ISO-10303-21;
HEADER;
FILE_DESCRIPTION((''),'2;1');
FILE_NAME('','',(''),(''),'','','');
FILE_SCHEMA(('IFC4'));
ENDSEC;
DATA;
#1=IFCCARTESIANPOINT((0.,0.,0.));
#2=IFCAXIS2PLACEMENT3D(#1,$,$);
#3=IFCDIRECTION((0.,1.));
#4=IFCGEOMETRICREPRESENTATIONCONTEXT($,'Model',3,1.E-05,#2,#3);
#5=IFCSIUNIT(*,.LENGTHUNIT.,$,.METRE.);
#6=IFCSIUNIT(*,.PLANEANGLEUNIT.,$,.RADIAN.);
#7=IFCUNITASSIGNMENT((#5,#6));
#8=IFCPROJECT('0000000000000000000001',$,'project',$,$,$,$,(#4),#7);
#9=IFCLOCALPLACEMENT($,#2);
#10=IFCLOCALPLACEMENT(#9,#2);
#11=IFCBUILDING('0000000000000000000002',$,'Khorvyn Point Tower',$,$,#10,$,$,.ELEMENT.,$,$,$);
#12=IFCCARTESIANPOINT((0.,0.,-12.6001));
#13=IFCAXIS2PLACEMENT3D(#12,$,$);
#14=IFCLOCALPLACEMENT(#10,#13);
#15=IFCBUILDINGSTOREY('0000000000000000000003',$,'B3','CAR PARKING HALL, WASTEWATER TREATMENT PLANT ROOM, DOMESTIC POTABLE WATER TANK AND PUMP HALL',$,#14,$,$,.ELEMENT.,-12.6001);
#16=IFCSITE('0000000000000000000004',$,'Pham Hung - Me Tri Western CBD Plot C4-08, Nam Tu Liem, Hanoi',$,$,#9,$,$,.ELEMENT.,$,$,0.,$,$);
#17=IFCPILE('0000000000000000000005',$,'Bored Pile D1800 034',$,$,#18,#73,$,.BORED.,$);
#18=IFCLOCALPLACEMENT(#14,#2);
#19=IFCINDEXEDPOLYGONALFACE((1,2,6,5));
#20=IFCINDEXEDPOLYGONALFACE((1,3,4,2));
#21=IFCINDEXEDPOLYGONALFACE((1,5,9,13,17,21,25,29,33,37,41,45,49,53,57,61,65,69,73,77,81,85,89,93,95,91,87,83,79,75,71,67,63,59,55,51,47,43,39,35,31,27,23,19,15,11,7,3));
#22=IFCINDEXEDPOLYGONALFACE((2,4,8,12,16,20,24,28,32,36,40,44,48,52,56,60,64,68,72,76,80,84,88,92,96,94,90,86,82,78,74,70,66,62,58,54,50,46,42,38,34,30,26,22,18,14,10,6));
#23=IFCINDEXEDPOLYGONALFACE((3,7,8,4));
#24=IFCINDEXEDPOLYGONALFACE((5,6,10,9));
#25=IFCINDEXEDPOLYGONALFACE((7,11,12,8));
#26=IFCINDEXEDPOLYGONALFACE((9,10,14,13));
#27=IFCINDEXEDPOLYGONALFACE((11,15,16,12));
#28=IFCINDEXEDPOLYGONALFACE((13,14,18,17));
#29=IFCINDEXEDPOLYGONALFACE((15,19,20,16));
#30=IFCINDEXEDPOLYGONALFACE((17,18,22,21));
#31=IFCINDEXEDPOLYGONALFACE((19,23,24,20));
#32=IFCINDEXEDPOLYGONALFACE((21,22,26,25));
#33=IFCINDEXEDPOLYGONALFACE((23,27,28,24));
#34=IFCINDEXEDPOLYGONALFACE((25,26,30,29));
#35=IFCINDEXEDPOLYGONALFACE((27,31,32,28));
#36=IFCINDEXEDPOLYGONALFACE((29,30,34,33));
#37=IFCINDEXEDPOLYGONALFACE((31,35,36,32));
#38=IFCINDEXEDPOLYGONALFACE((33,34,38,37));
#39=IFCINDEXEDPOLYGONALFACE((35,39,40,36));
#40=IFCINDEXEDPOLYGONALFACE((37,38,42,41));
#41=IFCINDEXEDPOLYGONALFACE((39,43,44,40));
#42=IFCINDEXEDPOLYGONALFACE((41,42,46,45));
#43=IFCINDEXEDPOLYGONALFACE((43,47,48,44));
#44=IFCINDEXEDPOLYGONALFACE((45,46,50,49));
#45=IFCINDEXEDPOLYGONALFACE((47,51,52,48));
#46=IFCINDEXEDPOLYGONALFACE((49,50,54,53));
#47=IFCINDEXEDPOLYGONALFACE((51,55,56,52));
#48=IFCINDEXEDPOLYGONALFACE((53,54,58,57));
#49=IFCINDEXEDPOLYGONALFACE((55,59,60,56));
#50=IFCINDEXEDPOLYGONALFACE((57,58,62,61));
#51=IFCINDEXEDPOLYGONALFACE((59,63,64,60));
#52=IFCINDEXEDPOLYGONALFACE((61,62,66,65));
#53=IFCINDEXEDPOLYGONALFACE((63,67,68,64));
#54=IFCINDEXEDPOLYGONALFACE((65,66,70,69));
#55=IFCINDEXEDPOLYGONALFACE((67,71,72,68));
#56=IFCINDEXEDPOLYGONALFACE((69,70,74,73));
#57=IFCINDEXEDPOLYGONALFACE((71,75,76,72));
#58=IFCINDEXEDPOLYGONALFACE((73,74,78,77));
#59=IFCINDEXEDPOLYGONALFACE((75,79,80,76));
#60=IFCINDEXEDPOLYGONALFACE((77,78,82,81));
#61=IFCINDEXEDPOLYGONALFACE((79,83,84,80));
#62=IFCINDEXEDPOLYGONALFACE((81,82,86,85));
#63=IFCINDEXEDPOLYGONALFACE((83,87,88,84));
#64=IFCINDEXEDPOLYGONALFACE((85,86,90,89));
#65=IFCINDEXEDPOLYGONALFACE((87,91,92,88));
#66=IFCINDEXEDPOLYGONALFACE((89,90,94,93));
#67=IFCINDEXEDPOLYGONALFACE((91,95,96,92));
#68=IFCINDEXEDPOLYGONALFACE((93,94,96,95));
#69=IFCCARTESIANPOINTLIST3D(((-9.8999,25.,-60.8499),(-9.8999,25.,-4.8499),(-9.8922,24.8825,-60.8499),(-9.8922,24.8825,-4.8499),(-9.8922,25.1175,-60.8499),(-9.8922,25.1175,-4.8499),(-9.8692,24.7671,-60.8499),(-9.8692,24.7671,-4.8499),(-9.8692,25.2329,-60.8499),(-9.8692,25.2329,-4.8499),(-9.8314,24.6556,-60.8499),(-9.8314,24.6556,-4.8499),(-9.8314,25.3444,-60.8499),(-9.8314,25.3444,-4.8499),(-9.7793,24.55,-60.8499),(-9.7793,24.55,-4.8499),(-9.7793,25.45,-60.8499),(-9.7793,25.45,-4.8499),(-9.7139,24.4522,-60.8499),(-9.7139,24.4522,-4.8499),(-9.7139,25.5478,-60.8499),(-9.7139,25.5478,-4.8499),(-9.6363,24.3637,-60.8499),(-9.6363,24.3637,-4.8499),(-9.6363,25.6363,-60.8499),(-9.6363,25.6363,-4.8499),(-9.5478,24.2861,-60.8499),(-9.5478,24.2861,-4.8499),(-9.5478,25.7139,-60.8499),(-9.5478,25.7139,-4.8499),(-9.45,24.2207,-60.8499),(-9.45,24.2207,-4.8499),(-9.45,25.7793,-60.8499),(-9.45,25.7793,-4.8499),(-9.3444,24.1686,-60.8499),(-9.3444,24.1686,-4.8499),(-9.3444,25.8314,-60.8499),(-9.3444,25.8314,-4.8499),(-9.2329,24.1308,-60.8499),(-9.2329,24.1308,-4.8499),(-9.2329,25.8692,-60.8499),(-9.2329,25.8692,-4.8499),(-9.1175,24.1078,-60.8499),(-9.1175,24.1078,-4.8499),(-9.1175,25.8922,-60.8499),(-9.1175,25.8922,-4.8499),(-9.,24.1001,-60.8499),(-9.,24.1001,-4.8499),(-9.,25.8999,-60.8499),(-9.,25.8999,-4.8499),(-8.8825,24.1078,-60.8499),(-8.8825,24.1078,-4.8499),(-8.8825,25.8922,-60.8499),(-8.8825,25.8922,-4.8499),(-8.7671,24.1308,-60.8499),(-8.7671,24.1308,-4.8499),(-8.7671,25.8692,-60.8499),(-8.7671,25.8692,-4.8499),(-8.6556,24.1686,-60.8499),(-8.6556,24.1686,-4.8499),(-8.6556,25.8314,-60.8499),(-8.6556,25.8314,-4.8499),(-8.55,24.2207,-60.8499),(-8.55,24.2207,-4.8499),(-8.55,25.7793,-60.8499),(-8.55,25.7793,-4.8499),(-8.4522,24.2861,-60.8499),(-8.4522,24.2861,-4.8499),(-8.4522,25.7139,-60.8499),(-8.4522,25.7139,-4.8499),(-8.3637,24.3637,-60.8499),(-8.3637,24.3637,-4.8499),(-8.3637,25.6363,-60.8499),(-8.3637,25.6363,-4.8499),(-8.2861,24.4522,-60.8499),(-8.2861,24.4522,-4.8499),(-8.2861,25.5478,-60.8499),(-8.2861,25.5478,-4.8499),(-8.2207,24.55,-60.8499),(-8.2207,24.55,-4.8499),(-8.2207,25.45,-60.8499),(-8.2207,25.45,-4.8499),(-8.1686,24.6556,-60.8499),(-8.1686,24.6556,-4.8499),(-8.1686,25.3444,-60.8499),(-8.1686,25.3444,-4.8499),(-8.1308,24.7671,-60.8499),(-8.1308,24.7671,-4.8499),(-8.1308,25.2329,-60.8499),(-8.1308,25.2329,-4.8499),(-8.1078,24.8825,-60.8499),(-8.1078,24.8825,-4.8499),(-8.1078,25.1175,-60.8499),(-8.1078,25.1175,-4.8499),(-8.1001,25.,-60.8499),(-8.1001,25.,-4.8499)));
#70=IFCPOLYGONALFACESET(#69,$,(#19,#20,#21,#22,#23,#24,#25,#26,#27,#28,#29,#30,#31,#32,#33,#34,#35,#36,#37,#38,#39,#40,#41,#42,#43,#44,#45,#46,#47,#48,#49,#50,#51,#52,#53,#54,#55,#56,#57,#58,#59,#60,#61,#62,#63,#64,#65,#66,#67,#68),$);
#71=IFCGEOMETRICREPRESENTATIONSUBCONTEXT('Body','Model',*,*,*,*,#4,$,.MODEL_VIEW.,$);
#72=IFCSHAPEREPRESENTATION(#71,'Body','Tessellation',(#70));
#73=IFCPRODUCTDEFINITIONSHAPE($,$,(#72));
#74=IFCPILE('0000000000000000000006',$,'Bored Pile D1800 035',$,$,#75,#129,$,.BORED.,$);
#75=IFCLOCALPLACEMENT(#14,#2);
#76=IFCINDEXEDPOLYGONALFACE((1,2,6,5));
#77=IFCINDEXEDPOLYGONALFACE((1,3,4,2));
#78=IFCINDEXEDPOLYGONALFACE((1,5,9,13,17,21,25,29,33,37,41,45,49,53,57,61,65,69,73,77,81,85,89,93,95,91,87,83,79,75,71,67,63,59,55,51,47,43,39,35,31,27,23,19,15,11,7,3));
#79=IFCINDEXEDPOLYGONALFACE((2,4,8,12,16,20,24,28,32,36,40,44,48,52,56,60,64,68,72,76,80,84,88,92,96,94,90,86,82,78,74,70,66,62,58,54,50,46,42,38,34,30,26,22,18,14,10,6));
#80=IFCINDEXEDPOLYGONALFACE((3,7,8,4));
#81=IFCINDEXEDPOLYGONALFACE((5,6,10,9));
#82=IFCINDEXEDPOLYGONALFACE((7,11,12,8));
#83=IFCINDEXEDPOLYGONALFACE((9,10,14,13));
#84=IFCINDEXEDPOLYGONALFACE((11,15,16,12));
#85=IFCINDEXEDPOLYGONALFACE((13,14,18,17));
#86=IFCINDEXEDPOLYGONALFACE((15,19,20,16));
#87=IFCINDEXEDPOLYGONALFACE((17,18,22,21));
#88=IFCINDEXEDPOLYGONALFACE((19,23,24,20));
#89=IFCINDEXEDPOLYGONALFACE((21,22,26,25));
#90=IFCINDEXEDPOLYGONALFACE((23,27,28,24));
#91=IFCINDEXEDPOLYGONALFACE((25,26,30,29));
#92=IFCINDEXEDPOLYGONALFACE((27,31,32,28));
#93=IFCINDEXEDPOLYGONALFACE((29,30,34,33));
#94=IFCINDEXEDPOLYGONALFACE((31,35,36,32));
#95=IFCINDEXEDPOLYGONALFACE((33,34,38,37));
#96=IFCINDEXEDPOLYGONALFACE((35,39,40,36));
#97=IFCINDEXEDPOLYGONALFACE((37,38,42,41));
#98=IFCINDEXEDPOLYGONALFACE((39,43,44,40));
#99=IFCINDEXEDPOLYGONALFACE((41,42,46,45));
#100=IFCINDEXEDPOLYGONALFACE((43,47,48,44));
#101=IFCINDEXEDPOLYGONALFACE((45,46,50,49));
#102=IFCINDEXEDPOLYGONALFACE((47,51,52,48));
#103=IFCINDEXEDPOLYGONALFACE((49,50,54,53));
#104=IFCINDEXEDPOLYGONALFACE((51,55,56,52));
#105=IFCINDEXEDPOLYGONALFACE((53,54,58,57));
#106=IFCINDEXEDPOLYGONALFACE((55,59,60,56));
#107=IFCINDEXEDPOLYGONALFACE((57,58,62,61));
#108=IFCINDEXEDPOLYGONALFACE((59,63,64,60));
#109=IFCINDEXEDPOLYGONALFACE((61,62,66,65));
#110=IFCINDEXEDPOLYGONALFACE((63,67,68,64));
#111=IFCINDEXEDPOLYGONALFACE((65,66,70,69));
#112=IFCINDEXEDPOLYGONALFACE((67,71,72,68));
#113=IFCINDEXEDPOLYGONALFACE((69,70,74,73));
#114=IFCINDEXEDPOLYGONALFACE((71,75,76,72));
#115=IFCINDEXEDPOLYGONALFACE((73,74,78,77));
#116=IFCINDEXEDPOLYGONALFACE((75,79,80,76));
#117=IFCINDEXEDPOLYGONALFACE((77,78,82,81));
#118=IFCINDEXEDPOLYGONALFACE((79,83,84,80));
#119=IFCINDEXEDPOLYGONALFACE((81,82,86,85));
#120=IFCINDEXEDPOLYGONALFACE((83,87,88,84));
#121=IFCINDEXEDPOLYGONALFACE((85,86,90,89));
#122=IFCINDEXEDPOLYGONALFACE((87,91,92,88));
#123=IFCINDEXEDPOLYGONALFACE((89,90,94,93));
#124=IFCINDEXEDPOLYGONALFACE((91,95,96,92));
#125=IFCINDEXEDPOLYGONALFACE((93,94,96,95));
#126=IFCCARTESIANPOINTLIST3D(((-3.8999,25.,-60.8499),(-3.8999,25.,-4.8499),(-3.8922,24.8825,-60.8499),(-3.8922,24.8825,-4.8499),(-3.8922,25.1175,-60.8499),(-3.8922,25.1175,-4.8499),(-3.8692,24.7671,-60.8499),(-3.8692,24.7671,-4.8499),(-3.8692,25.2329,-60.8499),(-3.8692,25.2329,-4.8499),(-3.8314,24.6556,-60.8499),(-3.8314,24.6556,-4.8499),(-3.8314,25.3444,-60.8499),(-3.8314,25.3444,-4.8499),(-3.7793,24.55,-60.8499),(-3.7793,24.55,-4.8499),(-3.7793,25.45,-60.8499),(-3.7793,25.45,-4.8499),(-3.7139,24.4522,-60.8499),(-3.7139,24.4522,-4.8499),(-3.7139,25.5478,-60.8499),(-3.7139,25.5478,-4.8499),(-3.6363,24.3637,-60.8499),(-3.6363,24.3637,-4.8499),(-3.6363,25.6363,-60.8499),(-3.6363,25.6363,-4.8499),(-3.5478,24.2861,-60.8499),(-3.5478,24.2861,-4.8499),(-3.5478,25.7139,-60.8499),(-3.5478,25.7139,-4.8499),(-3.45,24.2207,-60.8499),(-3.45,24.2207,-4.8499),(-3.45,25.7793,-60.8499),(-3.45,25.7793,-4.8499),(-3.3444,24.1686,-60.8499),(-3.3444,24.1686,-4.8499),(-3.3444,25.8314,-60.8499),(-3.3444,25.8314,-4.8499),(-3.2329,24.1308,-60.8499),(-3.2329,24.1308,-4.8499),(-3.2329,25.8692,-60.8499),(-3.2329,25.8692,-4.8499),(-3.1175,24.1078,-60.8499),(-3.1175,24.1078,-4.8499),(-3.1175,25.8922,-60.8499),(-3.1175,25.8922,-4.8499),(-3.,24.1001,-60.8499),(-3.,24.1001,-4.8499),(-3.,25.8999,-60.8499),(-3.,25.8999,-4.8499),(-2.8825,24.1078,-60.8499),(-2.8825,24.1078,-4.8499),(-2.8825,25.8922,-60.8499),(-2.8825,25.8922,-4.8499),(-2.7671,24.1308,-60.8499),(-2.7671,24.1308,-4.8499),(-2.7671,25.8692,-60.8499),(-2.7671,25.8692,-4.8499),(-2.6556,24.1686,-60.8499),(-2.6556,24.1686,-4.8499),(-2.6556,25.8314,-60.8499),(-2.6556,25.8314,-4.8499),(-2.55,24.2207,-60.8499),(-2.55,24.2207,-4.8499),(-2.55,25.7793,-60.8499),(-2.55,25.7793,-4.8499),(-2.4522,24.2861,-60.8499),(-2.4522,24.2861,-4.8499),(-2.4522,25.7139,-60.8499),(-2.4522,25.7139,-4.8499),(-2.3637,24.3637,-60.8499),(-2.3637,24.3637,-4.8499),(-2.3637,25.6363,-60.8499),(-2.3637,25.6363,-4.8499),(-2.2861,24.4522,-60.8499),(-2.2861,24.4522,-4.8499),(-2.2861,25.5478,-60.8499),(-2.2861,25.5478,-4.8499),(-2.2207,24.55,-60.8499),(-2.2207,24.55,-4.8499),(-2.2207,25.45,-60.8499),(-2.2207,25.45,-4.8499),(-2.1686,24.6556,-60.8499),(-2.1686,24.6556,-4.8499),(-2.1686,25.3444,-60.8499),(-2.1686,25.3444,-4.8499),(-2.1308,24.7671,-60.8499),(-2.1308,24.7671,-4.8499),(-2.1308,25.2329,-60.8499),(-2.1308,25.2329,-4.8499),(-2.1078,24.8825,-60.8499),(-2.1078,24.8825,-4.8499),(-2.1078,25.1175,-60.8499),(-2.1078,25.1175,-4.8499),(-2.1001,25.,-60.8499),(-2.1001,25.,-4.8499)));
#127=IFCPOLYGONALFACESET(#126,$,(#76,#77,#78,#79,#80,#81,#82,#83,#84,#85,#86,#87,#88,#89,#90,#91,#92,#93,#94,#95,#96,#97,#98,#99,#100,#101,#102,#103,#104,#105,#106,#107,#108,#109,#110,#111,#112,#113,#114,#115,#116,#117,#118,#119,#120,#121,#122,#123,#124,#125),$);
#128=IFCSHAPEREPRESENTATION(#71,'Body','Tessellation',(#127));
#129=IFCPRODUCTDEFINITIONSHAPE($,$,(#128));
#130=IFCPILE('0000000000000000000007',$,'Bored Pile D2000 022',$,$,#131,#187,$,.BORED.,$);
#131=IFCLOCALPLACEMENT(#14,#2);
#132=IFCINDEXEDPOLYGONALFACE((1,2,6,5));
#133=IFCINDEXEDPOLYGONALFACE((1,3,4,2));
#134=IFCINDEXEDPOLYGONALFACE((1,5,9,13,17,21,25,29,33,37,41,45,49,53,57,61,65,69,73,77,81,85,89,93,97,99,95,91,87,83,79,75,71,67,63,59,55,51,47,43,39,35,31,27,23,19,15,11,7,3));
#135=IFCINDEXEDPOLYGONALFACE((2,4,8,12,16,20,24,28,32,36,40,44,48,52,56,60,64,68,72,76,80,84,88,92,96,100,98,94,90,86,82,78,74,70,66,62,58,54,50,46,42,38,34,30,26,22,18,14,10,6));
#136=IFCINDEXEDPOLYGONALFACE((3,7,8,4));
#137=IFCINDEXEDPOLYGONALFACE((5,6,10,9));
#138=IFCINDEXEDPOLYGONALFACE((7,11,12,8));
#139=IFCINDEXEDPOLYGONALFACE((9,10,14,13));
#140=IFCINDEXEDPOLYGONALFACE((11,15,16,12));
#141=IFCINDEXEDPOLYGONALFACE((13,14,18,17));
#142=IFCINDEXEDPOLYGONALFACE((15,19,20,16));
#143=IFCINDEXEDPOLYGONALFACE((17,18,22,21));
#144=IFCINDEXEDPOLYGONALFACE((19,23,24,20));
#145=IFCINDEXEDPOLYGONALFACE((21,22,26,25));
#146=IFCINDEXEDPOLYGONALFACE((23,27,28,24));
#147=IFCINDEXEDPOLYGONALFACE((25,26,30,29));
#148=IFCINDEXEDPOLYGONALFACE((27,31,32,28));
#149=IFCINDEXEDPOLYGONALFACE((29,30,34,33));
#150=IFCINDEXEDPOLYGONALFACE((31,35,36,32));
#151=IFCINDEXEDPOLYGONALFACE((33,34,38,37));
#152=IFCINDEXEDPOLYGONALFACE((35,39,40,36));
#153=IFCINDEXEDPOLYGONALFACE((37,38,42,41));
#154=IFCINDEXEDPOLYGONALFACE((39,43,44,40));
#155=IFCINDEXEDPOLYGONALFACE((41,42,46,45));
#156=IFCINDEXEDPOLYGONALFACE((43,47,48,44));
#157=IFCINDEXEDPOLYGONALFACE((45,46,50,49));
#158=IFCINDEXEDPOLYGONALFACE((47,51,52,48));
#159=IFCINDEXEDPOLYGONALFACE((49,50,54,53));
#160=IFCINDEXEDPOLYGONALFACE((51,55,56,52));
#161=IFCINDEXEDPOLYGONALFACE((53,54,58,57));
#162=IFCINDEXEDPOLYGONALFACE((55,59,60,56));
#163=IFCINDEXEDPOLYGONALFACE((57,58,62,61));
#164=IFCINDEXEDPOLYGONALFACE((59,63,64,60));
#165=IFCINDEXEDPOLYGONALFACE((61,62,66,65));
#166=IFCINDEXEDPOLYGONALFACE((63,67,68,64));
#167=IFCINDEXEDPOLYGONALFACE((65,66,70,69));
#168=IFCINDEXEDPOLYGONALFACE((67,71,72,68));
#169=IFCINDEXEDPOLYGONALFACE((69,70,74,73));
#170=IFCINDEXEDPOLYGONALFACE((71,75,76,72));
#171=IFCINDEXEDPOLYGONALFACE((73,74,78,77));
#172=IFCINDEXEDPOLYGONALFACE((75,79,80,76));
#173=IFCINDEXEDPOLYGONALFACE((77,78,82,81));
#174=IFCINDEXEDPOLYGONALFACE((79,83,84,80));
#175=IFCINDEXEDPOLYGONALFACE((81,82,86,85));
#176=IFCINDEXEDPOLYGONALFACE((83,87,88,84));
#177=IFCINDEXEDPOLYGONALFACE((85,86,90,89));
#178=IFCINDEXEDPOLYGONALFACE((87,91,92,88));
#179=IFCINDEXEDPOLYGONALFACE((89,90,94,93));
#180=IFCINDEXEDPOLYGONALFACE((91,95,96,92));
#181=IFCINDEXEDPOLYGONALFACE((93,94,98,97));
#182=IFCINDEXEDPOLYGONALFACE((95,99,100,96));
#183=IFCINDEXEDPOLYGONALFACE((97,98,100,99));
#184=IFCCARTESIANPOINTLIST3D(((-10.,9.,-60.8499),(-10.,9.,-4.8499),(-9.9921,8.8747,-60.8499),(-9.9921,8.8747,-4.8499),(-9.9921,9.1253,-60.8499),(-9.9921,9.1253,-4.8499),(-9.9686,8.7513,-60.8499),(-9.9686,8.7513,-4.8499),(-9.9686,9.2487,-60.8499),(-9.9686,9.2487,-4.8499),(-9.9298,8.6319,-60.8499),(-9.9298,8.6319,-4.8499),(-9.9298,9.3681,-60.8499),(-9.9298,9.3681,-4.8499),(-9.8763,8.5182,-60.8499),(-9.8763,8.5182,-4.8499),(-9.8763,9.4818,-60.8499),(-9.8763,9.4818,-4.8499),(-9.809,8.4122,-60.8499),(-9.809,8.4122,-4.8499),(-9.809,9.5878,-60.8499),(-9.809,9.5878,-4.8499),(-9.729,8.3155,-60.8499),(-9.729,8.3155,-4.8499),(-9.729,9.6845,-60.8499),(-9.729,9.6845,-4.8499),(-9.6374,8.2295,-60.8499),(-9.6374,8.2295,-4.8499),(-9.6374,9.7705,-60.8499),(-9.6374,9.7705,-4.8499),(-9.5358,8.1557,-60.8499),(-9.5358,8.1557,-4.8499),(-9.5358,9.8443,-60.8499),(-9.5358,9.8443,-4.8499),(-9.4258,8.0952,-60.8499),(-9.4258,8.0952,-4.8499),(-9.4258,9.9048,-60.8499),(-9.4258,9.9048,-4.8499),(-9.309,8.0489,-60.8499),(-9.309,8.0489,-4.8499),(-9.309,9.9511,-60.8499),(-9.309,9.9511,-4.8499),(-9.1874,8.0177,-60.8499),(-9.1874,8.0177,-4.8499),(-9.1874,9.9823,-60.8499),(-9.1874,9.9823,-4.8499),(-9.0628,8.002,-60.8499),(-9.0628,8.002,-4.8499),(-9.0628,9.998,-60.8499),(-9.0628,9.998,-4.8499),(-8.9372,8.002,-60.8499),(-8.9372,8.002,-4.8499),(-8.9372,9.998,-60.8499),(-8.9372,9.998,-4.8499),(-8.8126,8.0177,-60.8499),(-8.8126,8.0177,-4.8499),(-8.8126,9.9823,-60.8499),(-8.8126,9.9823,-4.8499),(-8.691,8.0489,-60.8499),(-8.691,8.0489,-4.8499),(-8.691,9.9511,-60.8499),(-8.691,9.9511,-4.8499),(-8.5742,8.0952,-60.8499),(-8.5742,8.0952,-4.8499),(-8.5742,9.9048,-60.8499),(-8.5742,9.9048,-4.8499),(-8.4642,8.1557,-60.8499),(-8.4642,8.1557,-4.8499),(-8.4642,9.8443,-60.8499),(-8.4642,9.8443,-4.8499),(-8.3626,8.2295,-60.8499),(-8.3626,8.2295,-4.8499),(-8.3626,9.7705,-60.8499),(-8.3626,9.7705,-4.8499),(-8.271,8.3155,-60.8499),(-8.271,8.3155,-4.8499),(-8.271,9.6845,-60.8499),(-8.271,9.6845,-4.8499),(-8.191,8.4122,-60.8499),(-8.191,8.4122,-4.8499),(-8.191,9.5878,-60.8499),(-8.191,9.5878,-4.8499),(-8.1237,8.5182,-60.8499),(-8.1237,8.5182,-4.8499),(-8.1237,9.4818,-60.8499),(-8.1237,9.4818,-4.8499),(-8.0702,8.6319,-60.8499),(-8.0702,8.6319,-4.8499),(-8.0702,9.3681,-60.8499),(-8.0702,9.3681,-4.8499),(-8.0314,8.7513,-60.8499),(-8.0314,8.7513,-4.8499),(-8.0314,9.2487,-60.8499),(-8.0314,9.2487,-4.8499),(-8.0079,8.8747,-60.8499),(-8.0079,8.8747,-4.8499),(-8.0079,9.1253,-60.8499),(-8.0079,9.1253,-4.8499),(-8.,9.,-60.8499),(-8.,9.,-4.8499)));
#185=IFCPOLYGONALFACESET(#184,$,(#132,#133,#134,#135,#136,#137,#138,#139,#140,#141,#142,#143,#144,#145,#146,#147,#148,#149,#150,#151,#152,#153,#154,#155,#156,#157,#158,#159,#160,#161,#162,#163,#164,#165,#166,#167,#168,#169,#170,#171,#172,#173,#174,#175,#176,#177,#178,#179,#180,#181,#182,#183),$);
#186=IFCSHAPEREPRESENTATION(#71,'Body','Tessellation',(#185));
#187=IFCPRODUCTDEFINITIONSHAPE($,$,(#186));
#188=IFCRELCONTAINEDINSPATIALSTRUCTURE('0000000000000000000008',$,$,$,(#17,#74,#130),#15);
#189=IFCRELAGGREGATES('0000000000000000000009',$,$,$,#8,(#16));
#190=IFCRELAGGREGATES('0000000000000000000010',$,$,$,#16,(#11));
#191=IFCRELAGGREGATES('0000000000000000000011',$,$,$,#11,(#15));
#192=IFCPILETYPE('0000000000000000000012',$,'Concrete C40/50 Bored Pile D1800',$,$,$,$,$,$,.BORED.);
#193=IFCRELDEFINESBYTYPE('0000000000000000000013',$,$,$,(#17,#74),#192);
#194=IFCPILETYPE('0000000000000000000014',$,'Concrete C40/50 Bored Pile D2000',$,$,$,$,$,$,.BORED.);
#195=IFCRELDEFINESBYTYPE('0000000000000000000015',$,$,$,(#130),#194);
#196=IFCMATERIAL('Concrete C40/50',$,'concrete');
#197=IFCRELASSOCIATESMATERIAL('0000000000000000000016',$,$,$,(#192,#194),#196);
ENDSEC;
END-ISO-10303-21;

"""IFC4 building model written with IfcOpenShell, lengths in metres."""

from ifc_helpers import new_model, si_unit, direction, frame, origin, origin_2d, place, context, subcontext, project, spatial, circle, extrude, material, material_profile, profile_set, type_object, element, save


model = new_model("IFC4")

# Units and contexts
model_context = context("Model", 3, precision=1e-05, world=origin(), true_north=direction((0.0, 1.0)))
body_context = subcontext(model_context, "Body", "Model", "MODEL_VIEW")
ifc_project = project(units=[si_unit("LENGTHUNIT", "METRE"), si_unit("PLANEANGLEUNIT", "RADIAN")], contexts=[model_context])

# Site, building, storey
site_placement = place(None, origin())
site = spatial("IfcSite", under=ifc_project, at=site_placement, Name="Pham Hung - Me Tri Western CBD Plot C4-08, Nam Tu Liem, Hanoi", CompositionType="ELEMENT", RefElevation=0.0)
building_placement = place(site_placement, origin())
building = spatial("IfcBuilding", under=site, at=building_placement, Name="Khorvyn Point Tower", CompositionType="ELEMENT")
storey_placement = place(building_placement, frame((0.0, 0.0, -12.6001)))
storey = spatial("IfcBuildingStorey", under=building, at=storey_placement, Name="B3", Description="CAR PARKING HALL, WASTEWATER TREATMENT PLANT ROOM, DOMESTIC POTABLE WATER TANK AND PUMP HALL", CompositionType="ELEMENT", Elevation=-12.6001)

# Piles
ifc_material_1 = material(Name="Concrete C40/50", Category="concrete")
ifc_material_profile_1 = material_profile(ifc_material_1, circle(Radius=0.8999, at=origin_2d()))
ifc_profile_set_1 = profile_set([ifc_material_profile_1], Name="Concrete C40/50 PILE-D1800")
pile_type_1 = type_object("IfcPileType", Name="Concrete C40/50 Bored Pile D1800", PredefinedType="BORED", material=ifc_profile_set_1)
for number, where, z_axis, x_axis, name in (
    (1, (-9.0, 25.0, -4.8499), (0.0, 0.0, -1.0), (1.0, 0.0, 0.0), "Bored Pile D1800 034"),
    (2, (-3.0, 25.0, -4.8499), (0.0, 0.0, -1.0), (1.0, 0.0, 0.0), "Bored Pile D1800 035"),
):
    element("IfcPile", number, at=place(storey_placement, frame(where, z_axis=z_axis, x_axis=x_axis)), inside=storey, type_object=pile_type_1, Name=name, PredefinedType="BORED", context=body_context, shape_type="SweptSolid", body=[
        extrude(circle(Radius=0.8999, at=origin_2d()), origin(), (0.0, 0.0, 1.0), 56.0),
    ])
ifc_material_profile_2 = material_profile(ifc_material_1, circle(Radius=1.0, at=origin_2d()))
ifc_profile_set_2 = profile_set([ifc_material_profile_2], Name="Concrete C40/50 PILE-D2000")
pile_type_2 = type_object("IfcPileType", Name="Concrete C40/50 Bored Pile D2000", PredefinedType="BORED", material=ifc_profile_set_2)
for number, where, z_axis, x_axis, name in (
    (3, (-9.0, 9.0, -4.8499), (0.0, 0.0, -1.0), (1.0, 0.0, 0.0), "Bored Pile D2000 022"),
):
    element("IfcPile", number, at=place(storey_placement, frame(where, z_axis=z_axis, x_axis=x_axis)), inside=storey, type_object=pile_type_2, Name=name, PredefinedType="BORED", context=body_context, shape_type="SweptSolid", body=[
        extrude(circle(Radius=1.0, at=origin_2d()), origin(), (0.0, 0.0, 1.0), 56.0),
    ])

save(model, "model.ifc")
